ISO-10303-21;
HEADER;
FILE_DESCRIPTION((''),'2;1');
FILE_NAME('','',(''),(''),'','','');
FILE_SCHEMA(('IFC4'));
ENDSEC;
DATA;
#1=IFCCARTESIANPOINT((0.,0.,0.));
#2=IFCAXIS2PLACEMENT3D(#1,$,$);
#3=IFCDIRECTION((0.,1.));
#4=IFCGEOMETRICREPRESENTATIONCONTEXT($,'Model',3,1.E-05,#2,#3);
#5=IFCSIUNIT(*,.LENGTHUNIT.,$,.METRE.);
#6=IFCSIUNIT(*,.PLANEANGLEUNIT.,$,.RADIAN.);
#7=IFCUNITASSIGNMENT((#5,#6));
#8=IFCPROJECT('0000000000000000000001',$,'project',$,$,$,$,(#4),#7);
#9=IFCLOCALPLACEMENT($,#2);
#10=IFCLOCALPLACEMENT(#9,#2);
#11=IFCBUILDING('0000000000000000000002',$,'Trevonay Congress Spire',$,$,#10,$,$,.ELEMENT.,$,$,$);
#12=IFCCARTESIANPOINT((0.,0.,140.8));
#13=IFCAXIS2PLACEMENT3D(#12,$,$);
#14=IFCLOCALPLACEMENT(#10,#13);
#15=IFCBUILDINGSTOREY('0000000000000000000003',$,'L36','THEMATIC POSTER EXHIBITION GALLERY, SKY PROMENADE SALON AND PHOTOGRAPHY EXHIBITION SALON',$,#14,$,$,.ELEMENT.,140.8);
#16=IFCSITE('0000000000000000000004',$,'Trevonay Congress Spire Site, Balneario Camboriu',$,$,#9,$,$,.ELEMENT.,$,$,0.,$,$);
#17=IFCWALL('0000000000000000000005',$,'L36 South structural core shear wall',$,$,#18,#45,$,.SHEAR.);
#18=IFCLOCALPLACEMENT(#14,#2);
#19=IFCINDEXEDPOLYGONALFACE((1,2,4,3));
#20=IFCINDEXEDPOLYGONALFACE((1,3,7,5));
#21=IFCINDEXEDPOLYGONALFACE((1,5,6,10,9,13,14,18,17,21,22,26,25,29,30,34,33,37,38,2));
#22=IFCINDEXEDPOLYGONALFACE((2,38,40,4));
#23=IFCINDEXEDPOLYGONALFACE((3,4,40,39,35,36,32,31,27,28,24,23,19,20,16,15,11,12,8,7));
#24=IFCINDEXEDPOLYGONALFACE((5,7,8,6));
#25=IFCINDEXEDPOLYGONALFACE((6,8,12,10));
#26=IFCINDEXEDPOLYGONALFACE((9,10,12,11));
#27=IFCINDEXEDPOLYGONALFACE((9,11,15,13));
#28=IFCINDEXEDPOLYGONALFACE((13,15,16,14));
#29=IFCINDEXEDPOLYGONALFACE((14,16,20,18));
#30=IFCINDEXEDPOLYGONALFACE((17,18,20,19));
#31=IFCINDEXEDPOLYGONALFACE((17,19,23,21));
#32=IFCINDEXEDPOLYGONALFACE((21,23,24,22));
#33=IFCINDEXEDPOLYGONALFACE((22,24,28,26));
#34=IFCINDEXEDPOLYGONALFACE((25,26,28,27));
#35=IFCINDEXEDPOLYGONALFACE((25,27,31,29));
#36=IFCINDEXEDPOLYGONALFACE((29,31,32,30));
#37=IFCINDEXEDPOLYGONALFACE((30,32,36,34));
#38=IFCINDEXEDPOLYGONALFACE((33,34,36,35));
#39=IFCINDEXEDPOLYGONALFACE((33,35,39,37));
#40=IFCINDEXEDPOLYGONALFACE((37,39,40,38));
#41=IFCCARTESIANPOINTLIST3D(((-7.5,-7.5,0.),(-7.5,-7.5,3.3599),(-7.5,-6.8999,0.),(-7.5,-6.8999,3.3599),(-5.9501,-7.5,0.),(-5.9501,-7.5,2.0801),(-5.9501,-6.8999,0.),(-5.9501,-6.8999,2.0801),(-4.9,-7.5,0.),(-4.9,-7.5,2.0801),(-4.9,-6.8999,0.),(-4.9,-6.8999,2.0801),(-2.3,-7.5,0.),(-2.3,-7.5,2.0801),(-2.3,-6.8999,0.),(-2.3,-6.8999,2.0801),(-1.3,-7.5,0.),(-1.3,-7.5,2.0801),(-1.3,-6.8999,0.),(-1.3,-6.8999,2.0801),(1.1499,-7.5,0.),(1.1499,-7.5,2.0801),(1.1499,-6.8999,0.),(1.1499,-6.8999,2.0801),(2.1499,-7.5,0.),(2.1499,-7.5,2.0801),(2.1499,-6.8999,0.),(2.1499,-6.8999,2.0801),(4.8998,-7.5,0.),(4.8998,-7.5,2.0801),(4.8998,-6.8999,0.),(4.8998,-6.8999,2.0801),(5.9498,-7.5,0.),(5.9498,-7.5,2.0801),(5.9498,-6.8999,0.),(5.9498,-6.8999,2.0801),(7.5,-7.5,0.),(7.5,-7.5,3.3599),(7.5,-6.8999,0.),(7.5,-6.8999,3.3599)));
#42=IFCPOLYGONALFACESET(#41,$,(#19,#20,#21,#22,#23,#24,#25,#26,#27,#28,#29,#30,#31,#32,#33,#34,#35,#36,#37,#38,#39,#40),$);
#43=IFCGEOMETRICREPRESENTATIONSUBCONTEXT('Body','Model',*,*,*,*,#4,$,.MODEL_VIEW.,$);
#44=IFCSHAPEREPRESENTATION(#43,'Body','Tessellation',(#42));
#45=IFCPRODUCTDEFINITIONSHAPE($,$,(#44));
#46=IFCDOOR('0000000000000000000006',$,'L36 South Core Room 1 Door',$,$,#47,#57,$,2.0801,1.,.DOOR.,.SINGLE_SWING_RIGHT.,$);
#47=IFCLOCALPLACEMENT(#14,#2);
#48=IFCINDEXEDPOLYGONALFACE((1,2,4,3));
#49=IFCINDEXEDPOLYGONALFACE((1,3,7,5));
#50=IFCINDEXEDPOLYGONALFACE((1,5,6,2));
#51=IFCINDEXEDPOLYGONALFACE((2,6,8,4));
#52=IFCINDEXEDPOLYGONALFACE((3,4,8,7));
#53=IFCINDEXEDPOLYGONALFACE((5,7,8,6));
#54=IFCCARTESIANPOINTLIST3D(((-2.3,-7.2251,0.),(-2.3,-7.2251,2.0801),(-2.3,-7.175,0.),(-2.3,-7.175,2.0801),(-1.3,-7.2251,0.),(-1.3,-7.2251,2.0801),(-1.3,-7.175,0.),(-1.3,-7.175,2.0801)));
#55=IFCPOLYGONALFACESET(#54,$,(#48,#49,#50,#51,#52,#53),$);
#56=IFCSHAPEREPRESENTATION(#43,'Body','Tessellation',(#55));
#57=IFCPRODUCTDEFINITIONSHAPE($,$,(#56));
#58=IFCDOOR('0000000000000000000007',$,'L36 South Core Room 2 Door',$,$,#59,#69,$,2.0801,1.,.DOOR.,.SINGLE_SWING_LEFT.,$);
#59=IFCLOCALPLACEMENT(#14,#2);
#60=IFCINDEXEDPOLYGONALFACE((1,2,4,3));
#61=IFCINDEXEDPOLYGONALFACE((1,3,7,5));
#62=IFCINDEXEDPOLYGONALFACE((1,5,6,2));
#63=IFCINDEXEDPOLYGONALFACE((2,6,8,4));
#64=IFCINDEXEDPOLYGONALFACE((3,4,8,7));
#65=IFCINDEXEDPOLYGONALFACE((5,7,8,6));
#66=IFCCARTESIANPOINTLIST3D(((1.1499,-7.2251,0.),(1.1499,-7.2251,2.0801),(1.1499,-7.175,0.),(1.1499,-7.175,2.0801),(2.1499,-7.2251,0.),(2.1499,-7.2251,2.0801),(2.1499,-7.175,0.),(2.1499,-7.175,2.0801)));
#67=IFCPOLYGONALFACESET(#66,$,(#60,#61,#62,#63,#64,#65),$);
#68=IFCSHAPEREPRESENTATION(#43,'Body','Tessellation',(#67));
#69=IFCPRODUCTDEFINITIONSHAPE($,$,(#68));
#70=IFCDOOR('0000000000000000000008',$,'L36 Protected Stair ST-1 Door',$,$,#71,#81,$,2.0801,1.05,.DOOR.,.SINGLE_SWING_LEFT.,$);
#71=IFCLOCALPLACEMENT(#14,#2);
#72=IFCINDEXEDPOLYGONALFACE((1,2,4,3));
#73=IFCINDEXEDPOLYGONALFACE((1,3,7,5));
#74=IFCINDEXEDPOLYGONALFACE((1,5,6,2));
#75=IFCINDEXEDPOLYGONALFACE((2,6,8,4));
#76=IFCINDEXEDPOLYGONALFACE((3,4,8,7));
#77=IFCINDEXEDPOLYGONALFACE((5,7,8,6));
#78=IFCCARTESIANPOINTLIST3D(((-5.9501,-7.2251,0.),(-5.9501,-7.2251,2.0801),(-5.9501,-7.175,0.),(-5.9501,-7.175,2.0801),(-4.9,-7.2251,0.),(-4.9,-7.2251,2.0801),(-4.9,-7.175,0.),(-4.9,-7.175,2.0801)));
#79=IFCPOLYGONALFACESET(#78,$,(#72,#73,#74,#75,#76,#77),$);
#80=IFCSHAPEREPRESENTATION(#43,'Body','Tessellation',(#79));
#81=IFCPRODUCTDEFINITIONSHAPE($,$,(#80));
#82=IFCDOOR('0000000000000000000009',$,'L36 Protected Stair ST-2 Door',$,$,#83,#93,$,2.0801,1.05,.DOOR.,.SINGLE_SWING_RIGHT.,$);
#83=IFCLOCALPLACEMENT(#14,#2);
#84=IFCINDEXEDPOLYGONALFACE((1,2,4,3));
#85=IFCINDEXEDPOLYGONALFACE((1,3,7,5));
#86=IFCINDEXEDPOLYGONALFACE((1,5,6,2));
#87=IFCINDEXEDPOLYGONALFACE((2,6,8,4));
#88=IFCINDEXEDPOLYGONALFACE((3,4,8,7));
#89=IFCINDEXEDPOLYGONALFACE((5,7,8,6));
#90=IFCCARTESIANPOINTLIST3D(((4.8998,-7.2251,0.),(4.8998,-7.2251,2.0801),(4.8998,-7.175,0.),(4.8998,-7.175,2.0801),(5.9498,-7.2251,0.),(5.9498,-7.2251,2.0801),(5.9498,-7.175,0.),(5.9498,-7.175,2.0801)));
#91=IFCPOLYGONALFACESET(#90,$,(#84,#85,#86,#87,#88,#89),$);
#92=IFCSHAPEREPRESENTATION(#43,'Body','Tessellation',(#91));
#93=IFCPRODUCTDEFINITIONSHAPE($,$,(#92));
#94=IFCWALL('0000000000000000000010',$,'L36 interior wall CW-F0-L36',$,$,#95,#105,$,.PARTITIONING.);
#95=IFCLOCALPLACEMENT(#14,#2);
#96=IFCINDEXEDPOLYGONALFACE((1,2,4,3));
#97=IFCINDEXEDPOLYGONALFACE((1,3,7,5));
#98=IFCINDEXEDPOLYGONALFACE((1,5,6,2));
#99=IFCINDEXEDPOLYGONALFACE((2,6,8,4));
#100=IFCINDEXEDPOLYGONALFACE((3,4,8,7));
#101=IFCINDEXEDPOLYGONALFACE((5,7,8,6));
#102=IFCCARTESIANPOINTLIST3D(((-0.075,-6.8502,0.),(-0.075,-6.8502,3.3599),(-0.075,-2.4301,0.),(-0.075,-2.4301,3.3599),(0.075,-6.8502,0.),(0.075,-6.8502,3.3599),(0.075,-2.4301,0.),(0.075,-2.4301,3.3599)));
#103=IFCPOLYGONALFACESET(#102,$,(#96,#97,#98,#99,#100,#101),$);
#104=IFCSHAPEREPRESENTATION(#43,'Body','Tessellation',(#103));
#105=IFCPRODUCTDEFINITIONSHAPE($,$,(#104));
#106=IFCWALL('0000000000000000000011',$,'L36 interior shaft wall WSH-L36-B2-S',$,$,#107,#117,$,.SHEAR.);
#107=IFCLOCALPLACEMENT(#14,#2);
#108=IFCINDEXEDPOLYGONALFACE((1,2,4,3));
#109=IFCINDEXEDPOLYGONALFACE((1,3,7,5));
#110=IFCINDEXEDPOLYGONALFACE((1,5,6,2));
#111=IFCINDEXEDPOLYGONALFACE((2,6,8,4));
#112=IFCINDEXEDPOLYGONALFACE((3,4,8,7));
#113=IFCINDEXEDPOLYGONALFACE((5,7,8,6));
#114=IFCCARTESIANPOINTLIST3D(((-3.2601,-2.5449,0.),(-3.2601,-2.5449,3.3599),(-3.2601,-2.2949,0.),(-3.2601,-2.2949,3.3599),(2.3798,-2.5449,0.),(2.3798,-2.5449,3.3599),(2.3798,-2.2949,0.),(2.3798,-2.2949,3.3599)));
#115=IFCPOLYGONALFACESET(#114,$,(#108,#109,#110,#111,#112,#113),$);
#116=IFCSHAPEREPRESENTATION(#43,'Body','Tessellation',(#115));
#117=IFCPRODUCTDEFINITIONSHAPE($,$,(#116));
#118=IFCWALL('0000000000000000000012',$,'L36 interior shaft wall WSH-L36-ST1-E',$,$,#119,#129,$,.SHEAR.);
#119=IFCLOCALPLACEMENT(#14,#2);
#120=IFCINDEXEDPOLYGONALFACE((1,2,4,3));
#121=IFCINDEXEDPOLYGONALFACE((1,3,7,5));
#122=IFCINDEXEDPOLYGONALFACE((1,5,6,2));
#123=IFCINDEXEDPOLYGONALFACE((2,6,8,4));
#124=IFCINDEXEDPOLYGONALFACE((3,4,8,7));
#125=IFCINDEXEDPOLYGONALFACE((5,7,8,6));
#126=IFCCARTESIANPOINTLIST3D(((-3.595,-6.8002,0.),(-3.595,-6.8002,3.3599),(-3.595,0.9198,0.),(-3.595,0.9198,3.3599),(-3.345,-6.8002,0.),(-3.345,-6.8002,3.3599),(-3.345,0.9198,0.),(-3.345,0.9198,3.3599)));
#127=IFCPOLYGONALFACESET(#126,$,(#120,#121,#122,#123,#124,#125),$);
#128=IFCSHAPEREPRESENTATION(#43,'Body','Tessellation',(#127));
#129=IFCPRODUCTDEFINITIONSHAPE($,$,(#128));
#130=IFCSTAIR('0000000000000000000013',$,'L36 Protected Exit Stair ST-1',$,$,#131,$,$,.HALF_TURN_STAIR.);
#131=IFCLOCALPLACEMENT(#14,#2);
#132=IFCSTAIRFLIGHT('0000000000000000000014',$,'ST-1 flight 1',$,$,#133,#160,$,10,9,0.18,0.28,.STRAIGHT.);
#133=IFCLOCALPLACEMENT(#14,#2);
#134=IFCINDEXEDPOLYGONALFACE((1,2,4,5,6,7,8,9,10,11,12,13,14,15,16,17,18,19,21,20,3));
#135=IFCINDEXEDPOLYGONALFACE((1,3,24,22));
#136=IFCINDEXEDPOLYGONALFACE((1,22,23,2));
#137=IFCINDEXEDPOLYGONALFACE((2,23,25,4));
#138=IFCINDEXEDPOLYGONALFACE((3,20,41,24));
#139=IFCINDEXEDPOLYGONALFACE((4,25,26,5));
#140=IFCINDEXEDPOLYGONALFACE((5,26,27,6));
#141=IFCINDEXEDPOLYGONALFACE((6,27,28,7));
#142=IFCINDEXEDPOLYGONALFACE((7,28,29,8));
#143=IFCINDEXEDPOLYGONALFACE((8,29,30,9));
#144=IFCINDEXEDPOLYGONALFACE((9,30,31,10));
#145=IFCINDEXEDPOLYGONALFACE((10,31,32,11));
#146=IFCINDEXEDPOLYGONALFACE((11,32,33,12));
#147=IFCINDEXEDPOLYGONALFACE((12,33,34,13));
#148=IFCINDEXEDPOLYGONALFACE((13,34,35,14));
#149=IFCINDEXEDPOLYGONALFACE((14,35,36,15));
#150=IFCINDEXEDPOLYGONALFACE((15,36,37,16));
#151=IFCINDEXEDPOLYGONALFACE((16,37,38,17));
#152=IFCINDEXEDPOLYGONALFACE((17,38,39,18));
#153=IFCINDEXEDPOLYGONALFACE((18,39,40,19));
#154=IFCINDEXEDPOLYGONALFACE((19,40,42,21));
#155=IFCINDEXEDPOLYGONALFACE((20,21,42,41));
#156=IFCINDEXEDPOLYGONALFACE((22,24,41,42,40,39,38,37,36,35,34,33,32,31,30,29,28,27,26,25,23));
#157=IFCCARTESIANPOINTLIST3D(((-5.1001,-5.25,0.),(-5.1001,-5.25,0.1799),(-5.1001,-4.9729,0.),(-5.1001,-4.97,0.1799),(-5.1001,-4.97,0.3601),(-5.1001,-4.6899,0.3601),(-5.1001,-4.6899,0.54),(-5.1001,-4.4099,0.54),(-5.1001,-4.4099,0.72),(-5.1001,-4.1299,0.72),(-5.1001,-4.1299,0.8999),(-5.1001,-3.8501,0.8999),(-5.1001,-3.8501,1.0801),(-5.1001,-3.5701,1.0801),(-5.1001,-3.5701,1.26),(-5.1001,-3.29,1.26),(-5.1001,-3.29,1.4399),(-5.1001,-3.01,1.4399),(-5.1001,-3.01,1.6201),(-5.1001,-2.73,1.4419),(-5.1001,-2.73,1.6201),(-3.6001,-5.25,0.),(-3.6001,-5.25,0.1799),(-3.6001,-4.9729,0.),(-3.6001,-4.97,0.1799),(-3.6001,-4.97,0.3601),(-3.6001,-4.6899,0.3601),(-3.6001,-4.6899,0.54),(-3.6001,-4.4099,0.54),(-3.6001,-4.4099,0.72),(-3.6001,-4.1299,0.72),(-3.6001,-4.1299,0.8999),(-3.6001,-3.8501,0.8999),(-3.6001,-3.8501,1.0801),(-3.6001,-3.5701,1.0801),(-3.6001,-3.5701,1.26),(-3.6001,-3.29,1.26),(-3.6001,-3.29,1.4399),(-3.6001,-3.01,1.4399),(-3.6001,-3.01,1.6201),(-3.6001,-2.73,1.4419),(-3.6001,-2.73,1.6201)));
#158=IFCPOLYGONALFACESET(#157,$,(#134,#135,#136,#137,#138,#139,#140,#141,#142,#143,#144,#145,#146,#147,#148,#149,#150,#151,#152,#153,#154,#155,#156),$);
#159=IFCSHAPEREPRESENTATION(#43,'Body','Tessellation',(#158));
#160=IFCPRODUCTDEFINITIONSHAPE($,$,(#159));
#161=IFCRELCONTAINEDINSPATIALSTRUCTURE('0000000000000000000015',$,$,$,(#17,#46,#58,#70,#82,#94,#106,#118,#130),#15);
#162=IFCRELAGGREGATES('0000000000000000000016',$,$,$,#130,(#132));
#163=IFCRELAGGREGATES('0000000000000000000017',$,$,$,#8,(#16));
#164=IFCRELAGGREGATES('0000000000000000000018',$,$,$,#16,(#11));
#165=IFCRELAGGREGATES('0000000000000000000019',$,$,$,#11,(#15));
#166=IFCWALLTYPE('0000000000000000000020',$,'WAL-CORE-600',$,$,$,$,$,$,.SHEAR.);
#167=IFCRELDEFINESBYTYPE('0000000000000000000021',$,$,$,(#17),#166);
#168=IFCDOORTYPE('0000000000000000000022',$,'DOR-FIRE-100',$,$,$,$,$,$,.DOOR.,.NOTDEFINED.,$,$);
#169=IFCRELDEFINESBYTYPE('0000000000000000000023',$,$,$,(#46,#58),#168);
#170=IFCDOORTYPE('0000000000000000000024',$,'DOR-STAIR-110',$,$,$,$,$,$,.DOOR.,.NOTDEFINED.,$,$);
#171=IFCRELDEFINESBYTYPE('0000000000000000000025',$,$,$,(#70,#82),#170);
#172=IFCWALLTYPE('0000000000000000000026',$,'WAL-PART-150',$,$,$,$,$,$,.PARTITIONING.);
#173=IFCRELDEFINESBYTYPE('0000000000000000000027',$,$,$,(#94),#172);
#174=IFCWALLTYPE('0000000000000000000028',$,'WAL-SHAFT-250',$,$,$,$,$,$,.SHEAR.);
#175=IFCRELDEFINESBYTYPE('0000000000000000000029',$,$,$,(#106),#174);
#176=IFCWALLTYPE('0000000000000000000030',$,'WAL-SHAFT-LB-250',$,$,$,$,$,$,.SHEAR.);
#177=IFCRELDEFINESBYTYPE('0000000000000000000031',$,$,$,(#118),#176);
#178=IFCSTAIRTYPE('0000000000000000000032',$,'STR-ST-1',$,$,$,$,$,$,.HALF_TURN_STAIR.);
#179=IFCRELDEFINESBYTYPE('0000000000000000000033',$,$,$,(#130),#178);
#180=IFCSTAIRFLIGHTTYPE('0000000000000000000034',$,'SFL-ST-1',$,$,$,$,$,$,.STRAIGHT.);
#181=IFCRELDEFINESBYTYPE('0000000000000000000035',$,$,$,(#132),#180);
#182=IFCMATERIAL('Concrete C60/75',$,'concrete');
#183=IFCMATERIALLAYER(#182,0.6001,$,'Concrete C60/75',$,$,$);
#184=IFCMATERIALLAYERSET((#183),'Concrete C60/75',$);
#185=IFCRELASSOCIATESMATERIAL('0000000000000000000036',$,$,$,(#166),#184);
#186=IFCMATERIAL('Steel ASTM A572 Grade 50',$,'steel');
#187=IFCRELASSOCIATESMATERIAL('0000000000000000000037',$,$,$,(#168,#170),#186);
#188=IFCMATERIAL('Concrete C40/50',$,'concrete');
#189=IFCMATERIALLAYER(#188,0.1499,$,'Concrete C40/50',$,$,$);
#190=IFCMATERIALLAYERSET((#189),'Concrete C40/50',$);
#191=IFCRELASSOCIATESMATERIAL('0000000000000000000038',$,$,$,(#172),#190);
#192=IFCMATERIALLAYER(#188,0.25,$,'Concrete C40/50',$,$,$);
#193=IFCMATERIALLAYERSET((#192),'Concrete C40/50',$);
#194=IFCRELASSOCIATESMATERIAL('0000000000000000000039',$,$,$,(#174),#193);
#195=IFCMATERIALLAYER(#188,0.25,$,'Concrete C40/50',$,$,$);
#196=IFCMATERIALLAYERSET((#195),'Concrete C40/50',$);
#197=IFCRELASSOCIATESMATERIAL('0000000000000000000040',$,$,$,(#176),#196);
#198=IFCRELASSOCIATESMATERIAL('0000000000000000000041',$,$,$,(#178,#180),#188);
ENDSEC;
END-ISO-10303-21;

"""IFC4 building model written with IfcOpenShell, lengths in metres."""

from ifc_helpers import new_model, si_unit, direction, frame, frame_2d, origin, place, context, subcontext, project, spatial, polyline, rectangle, outline, extrude, material, layer, layer_set, type_object, element, fill, aggregate, save


model = new_model("IFC4")

# Units and contexts
model_context = context("Model", 3, precision=1e-05, world=origin(), true_north=direction((0.0, 1.0)))
body_context = subcontext(model_context, "Body", "Model", "MODEL_VIEW")
ifc_project = project(units=[si_unit("LENGTHUNIT", "METRE"), si_unit("PLANEANGLEUNIT", "RADIAN")], contexts=[model_context])

# Site, building, storey
site_placement = place(None, origin())
site = spatial("IfcSite", under=ifc_project, at=site_placement, Name="Trevonay Congress Spire Site, Balneario Camboriu", CompositionType="ELEMENT", RefElevation=0.0)
building_placement = place(site_placement, origin())
building = spatial("IfcBuilding", under=site, at=building_placement, Name="Trevonay Congress Spire", CompositionType="ELEMENT")
storey_placement = place(building_placement, frame((0.0, 0.0, 140.8)))
storey = spatial("IfcBuildingStorey", under=building, at=storey_placement, Name="L36", Description="THEMATIC POSTER EXHIBITION GALLERY, SKY PROMENADE SALON AND PHOTOGRAPHY EXHIBITION SALON", CompositionType="ELEMENT", Elevation=140.8)

# Shared definitions
ifc_material_1 = material(Name="Steel ASTM A572 Grade 50", Category="steel")

# Shared definitions
ifc_material_2 = material(Name="Concrete C40/50", Category="concrete")

# Wall, openings, doors
ifc_material_3 = material(Name="Concrete C60/75", Category="concrete")
ifc_layer_1 = layer(ifc_material_3, 0.6001, Name="Concrete C60/75")
ifc_layer_set_1 = layer_set([ifc_layer_1], Name="Concrete C60/75")
wall_type_1 = type_object("IfcWallType", Name="WAL-CORE-600", PredefinedType="SHEAR", material=ifc_layer_set_1)
wall_1_placement = place(storey_placement, frame((-7.5, -7.2, 0.0), z_axis=(0.0, 0.0, 1.0), x_axis=(1.0, 0.0, 0.0)))
wall_1 = element("IfcWall", 1, at=wall_1_placement, inside=storey, type_object=wall_type_1, Name="L36 South structural core shear wall", PredefinedType="SHEAR", context=body_context, shape_type="SweptSolid", body=[
    extrude(rectangle(XDim=15.0, YDim=0.6001, at=frame_2d((7.5, 0.0))), origin(), (0.0, 0.0, 1.0), 3.3599),
])
opening_1_placement = place(wall_1_placement, frame((1.55, 0.0, 0.0)))
opening_1 = element("IfcOpeningElement", 2, at=opening_1_placement, cuts=wall_1, PredefinedType="OPENING", context=body_context, shape_type="SweptSolid", body=[
    extrude(rectangle(XDim=1.05, YDim=2.0801, at=frame_2d((0.5249, 1.04))), frame((0.0, 0.3101, 0.0), z_axis=(0.0, -1.0, 0.0), x_axis=(1.0, 0.0, 0.0)), (0.0, 0.0, 1.0), 0.6201),
])
opening_2_placement = place(wall_1_placement, frame((12.3999, 0.0, 0.0)))
opening_2 = element("IfcOpeningElement", 3, at=opening_2_placement, cuts=wall_1, PredefinedType="OPENING", context=body_context, shape_type="SweptSolid", body=[
    extrude(rectangle(XDim=1.05, YDim=2.0801, at=frame_2d((0.5249, 1.04))), frame((0.0, 0.3101, 0.0), z_axis=(0.0, -1.0, 0.0), x_axis=(1.0, 0.0, 0.0)), (0.0, 0.0, 1.0), 0.6201),
])
opening_3_placement = place(wall_1_placement, frame((5.2, 0.0, 0.0)))
opening_3 = element("IfcOpeningElement", 4, at=opening_3_placement, cuts=wall_1, PredefinedType="OPENING", context=body_context, shape_type="SweptSolid", body=[
    extrude(rectangle(XDim=1.0, YDim=2.0801, at=frame_2d((0.5, 1.04))), frame((0.0, 0.3101, 0.0), z_axis=(0.0, -1.0, 0.0), x_axis=(1.0, 0.0, 0.0)), (0.0, 0.0, 1.0), 0.6201),
])
opening_4_placement = place(wall_1_placement, frame((8.6499, 0.0, 0.0)))
opening_4 = element("IfcOpeningElement", 5, at=opening_4_placement, cuts=wall_1, PredefinedType="OPENING", context=body_context, shape_type="SweptSolid", body=[
    extrude(rectangle(XDim=1.0, YDim=2.0801, at=frame_2d((0.5, 1.04))), frame((0.0, 0.3101, 0.0), z_axis=(0.0, -1.0, 0.0), x_axis=(1.0, 0.0, 0.0)), (0.0, 0.0, 1.0), 0.6201),
])
door_type_1 = type_object("IfcDoorType", Name="DOR-FIRE-100", OperationType="NOTDEFINED", PredefinedType="DOOR", material=ifc_material_1)
door_1_placement = place(opening_3_placement, origin())
door_1 = element("IfcDoor", 6, at=door_1_placement, inside=storey, type_object=door_type_1, Name="L36 South Core Room 1 Door", OperationType="SINGLE_SWING_RIGHT", OverallHeight=2.0801, OverallWidth=1.0, PredefinedType="DOOR", context=body_context, shape_type="SweptSolid", body=[
    extrude(rectangle(XDim=1.0, YDim=2.0801, at=frame_2d((0.5, 1.04))), frame((0.0, 0.0249, 0.0), z_axis=(0.0, -1.0, 0.0), x_axis=(1.0, 0.0, 0.0)), (0.0, 0.0, 1.0), 0.05),
])
fill(opening_3, door_1)
door_2_placement = place(opening_4_placement, origin())
door_2 = element("IfcDoor", 7, at=door_2_placement, inside=storey, type_object=door_type_1, Name="L36 South Core Room 2 Door", OperationType="SINGLE_SWING_LEFT", OverallHeight=2.0801, OverallWidth=1.0, PredefinedType="DOOR", context=body_context, shape_type="SweptSolid", body=[
    extrude(rectangle(XDim=1.0, YDim=2.0801, at=frame_2d((0.5, 1.04))), frame((0.0, 0.0249, 0.0), z_axis=(0.0, -1.0, 0.0), x_axis=(1.0, 0.0, 0.0)), (0.0, 0.0, 1.0), 0.05),
])
fill(opening_4, door_2)
door_type_2 = type_object("IfcDoorType", Name="DOR-STAIR-110", OperationType="NOTDEFINED", PredefinedType="DOOR", material=ifc_material_1)
door_3_placement = place(opening_1_placement, origin())
door_3 = element("IfcDoor", 8, at=door_3_placement, inside=storey, type_object=door_type_2, Name="L36 Protected Stair ST-1 Door", OperationType="SINGLE_SWING_LEFT", OverallHeight=2.0801, OverallWidth=1.05, PredefinedType="DOOR", context=body_context, shape_type="SweptSolid", body=[
    extrude(rectangle(XDim=1.05, YDim=2.0801, at=frame_2d((0.5249, 1.04))), frame((0.0, 0.0249, 0.0), z_axis=(0.0, -1.0, 0.0), x_axis=(1.0, 0.0, 0.0)), (0.0, 0.0, 1.0), 0.05),
])
fill(opening_1, door_3)
door_4_placement = place(opening_2_placement, origin())
door_4 = element("IfcDoor", 9, at=door_4_placement, inside=storey, type_object=door_type_2, Name="L36 Protected Stair ST-2 Door", OperationType="SINGLE_SWING_RIGHT", OverallHeight=2.0801, OverallWidth=1.05, PredefinedType="DOOR", context=body_context, shape_type="SweptSolid", body=[
    extrude(rectangle(XDim=1.05, YDim=2.0801, at=frame_2d((0.5249, 1.04))), frame((0.0, 0.0249, 0.0), z_axis=(0.0, -1.0, 0.0), x_axis=(1.0, 0.0, 0.0)), (0.0, 0.0, 1.0), 0.05),
])
fill(opening_2, door_4)

# Walls
ifc_layer_2 = layer(ifc_material_2, 0.1499, Name="Concrete C40/50")
ifc_layer_set_2 = layer_set([ifc_layer_2], Name="Concrete C40/50")
wall_type_2 = type_object("IfcWallType", Name="WAL-PART-150", PredefinedType="PARTITIONING", material=ifc_layer_set_2)
wall_2_placement = place(storey_placement, frame((0.0, -6.8501, 0.0), z_axis=(0.0, 0.0, 1.0), x_axis=(0.0, 1.0, 0.0)))
element("IfcWall", 10, at=wall_2_placement, inside=storey, type_object=wall_type_2, Name="L36 interior wall CW-F0-L36", PredefinedType="PARTITIONING", context=body_context, shape_type="SweptSolid", body=[
    extrude(rectangle(XDim=4.4202, YDim=0.1499, at=frame_2d((2.21, 0.0))), origin(), (0.0, 0.0, 1.0), 3.3599),
])
ifc_layer_3 = layer(ifc_material_2, 0.25, Name="Concrete C40/50")
ifc_layer_set_3 = layer_set([ifc_layer_3], Name="Concrete C40/50")
wall_type_3 = type_object("IfcWallType", Name="WAL-SHAFT-250", PredefinedType="SHEAR", material=ifc_layer_set_3)
wall_3_placement = place(storey_placement, frame((-3.26, -2.4199, 0.0), z_axis=(0.0, 0.0, 1.0), x_axis=(1.0, 0.0, 0.0)))
element("IfcWall", 11, at=wall_3_placement, inside=storey, type_object=wall_type_3, Name="L36 interior shaft wall WSH-L36-B2-S", PredefinedType="SHEAR", context=body_context, shape_type="SweptSolid", body=[
    extrude(rectangle(XDim=5.6399, YDim=0.25, at=frame_2d((2.8198, 0.0))), origin(), (0.0, 0.0, 1.0), 3.3599),
])
ifc_layer_4 = layer(ifc_material_2, 0.25, Name="Concrete C40/50")
ifc_layer_set_4 = layer_set([ifc_layer_4], Name="Concrete C40/50")
wall_type_4 = type_object("IfcWallType", Name="WAL-SHAFT-LB-250", PredefinedType="SHEAR", material=ifc_layer_set_4)
wall_4_placement = place(storey_placement, frame((-3.47, -6.8, 0.0), z_axis=(0.0, 0.0, 1.0), x_axis=(0.0, 1.0, 0.0)))
element("IfcWall", 12, at=wall_4_placement, inside=storey, type_object=wall_type_4, Name="L36 interior shaft wall WSH-L36-ST1-E", PredefinedType="SHEAR", context=body_context, shape_type="SweptSolid", body=[
    extrude(rectangle(XDim=7.72, YDim=0.25, at=frame_2d((3.8599, 0.0))), origin(), (0.0, 0.0, 1.0), 3.3599),
])

# Stair, stair flight
stair_type = type_object("IfcStairType", Name="STR-ST-1", PredefinedType="HALF_TURN_STAIR", material=ifc_material_2)
stair_placement = place(storey_placement, origin())
stair = element("IfcStair", 13, at=stair_placement, inside=storey, type_object=stair_type, Name="L36 Protected Exit Stair ST-1", PredefinedType="HALF_TURN_STAIR")
stair_flight_type = type_object("IfcStairFlightType", Name="SFL-ST-1", PredefinedType="STRAIGHT", material=ifc_material_2)
stair_flight_1_placement = place(storey_placement, frame((-4.3501, -5.25, 0.0), z_axis=(0.0, 0.0, 1.0), x_axis=(0.0, 1.0, 0.0)))
stair_flight_1 = element("IfcStairFlight", 14, at=stair_flight_1_placement, type_object=stair_flight_type, Name="ST-1 flight 1", NumberOfRisers=10, NumberOfTreads=9, PredefinedType="STRAIGHT", RiserHeight=0.18, TreadLength=0.28, context=body_context, shape_type="SweptSolid", body=[
    extrude(outline(polyline([(0.0, 0.0), (0.0, 0.1799), (0.28, 0.1799), (0.28, 0.3601), (0.5601, 0.3601), (0.5601, 0.54), (0.8401, 0.54), (0.8401, 0.72), (1.1201, 0.72), (1.1201, 0.8999), (1.3999, 0.8999), (1.3999, 1.0801), (1.6799, 1.0801), (1.6799, 1.26), (1.96, 1.26), (1.96, 1.4399), (2.24, 1.4399), (2.24, 1.6201), (2.52, 1.6201), (2.52, 1.8), (2.52, 1.4419), (0.2771, 0.0), (0.0, 0.0)])), frame((0.0, 0.75, 0.0), z_axis=(0.0, -1.0, 0.0), x_axis=(1.0, 0.0, 0.0)), (0.0, 0.0, 1.0), 1.5),
])
aggregate(stair, [stair_flight_1])

save(model, "model.ifc")
